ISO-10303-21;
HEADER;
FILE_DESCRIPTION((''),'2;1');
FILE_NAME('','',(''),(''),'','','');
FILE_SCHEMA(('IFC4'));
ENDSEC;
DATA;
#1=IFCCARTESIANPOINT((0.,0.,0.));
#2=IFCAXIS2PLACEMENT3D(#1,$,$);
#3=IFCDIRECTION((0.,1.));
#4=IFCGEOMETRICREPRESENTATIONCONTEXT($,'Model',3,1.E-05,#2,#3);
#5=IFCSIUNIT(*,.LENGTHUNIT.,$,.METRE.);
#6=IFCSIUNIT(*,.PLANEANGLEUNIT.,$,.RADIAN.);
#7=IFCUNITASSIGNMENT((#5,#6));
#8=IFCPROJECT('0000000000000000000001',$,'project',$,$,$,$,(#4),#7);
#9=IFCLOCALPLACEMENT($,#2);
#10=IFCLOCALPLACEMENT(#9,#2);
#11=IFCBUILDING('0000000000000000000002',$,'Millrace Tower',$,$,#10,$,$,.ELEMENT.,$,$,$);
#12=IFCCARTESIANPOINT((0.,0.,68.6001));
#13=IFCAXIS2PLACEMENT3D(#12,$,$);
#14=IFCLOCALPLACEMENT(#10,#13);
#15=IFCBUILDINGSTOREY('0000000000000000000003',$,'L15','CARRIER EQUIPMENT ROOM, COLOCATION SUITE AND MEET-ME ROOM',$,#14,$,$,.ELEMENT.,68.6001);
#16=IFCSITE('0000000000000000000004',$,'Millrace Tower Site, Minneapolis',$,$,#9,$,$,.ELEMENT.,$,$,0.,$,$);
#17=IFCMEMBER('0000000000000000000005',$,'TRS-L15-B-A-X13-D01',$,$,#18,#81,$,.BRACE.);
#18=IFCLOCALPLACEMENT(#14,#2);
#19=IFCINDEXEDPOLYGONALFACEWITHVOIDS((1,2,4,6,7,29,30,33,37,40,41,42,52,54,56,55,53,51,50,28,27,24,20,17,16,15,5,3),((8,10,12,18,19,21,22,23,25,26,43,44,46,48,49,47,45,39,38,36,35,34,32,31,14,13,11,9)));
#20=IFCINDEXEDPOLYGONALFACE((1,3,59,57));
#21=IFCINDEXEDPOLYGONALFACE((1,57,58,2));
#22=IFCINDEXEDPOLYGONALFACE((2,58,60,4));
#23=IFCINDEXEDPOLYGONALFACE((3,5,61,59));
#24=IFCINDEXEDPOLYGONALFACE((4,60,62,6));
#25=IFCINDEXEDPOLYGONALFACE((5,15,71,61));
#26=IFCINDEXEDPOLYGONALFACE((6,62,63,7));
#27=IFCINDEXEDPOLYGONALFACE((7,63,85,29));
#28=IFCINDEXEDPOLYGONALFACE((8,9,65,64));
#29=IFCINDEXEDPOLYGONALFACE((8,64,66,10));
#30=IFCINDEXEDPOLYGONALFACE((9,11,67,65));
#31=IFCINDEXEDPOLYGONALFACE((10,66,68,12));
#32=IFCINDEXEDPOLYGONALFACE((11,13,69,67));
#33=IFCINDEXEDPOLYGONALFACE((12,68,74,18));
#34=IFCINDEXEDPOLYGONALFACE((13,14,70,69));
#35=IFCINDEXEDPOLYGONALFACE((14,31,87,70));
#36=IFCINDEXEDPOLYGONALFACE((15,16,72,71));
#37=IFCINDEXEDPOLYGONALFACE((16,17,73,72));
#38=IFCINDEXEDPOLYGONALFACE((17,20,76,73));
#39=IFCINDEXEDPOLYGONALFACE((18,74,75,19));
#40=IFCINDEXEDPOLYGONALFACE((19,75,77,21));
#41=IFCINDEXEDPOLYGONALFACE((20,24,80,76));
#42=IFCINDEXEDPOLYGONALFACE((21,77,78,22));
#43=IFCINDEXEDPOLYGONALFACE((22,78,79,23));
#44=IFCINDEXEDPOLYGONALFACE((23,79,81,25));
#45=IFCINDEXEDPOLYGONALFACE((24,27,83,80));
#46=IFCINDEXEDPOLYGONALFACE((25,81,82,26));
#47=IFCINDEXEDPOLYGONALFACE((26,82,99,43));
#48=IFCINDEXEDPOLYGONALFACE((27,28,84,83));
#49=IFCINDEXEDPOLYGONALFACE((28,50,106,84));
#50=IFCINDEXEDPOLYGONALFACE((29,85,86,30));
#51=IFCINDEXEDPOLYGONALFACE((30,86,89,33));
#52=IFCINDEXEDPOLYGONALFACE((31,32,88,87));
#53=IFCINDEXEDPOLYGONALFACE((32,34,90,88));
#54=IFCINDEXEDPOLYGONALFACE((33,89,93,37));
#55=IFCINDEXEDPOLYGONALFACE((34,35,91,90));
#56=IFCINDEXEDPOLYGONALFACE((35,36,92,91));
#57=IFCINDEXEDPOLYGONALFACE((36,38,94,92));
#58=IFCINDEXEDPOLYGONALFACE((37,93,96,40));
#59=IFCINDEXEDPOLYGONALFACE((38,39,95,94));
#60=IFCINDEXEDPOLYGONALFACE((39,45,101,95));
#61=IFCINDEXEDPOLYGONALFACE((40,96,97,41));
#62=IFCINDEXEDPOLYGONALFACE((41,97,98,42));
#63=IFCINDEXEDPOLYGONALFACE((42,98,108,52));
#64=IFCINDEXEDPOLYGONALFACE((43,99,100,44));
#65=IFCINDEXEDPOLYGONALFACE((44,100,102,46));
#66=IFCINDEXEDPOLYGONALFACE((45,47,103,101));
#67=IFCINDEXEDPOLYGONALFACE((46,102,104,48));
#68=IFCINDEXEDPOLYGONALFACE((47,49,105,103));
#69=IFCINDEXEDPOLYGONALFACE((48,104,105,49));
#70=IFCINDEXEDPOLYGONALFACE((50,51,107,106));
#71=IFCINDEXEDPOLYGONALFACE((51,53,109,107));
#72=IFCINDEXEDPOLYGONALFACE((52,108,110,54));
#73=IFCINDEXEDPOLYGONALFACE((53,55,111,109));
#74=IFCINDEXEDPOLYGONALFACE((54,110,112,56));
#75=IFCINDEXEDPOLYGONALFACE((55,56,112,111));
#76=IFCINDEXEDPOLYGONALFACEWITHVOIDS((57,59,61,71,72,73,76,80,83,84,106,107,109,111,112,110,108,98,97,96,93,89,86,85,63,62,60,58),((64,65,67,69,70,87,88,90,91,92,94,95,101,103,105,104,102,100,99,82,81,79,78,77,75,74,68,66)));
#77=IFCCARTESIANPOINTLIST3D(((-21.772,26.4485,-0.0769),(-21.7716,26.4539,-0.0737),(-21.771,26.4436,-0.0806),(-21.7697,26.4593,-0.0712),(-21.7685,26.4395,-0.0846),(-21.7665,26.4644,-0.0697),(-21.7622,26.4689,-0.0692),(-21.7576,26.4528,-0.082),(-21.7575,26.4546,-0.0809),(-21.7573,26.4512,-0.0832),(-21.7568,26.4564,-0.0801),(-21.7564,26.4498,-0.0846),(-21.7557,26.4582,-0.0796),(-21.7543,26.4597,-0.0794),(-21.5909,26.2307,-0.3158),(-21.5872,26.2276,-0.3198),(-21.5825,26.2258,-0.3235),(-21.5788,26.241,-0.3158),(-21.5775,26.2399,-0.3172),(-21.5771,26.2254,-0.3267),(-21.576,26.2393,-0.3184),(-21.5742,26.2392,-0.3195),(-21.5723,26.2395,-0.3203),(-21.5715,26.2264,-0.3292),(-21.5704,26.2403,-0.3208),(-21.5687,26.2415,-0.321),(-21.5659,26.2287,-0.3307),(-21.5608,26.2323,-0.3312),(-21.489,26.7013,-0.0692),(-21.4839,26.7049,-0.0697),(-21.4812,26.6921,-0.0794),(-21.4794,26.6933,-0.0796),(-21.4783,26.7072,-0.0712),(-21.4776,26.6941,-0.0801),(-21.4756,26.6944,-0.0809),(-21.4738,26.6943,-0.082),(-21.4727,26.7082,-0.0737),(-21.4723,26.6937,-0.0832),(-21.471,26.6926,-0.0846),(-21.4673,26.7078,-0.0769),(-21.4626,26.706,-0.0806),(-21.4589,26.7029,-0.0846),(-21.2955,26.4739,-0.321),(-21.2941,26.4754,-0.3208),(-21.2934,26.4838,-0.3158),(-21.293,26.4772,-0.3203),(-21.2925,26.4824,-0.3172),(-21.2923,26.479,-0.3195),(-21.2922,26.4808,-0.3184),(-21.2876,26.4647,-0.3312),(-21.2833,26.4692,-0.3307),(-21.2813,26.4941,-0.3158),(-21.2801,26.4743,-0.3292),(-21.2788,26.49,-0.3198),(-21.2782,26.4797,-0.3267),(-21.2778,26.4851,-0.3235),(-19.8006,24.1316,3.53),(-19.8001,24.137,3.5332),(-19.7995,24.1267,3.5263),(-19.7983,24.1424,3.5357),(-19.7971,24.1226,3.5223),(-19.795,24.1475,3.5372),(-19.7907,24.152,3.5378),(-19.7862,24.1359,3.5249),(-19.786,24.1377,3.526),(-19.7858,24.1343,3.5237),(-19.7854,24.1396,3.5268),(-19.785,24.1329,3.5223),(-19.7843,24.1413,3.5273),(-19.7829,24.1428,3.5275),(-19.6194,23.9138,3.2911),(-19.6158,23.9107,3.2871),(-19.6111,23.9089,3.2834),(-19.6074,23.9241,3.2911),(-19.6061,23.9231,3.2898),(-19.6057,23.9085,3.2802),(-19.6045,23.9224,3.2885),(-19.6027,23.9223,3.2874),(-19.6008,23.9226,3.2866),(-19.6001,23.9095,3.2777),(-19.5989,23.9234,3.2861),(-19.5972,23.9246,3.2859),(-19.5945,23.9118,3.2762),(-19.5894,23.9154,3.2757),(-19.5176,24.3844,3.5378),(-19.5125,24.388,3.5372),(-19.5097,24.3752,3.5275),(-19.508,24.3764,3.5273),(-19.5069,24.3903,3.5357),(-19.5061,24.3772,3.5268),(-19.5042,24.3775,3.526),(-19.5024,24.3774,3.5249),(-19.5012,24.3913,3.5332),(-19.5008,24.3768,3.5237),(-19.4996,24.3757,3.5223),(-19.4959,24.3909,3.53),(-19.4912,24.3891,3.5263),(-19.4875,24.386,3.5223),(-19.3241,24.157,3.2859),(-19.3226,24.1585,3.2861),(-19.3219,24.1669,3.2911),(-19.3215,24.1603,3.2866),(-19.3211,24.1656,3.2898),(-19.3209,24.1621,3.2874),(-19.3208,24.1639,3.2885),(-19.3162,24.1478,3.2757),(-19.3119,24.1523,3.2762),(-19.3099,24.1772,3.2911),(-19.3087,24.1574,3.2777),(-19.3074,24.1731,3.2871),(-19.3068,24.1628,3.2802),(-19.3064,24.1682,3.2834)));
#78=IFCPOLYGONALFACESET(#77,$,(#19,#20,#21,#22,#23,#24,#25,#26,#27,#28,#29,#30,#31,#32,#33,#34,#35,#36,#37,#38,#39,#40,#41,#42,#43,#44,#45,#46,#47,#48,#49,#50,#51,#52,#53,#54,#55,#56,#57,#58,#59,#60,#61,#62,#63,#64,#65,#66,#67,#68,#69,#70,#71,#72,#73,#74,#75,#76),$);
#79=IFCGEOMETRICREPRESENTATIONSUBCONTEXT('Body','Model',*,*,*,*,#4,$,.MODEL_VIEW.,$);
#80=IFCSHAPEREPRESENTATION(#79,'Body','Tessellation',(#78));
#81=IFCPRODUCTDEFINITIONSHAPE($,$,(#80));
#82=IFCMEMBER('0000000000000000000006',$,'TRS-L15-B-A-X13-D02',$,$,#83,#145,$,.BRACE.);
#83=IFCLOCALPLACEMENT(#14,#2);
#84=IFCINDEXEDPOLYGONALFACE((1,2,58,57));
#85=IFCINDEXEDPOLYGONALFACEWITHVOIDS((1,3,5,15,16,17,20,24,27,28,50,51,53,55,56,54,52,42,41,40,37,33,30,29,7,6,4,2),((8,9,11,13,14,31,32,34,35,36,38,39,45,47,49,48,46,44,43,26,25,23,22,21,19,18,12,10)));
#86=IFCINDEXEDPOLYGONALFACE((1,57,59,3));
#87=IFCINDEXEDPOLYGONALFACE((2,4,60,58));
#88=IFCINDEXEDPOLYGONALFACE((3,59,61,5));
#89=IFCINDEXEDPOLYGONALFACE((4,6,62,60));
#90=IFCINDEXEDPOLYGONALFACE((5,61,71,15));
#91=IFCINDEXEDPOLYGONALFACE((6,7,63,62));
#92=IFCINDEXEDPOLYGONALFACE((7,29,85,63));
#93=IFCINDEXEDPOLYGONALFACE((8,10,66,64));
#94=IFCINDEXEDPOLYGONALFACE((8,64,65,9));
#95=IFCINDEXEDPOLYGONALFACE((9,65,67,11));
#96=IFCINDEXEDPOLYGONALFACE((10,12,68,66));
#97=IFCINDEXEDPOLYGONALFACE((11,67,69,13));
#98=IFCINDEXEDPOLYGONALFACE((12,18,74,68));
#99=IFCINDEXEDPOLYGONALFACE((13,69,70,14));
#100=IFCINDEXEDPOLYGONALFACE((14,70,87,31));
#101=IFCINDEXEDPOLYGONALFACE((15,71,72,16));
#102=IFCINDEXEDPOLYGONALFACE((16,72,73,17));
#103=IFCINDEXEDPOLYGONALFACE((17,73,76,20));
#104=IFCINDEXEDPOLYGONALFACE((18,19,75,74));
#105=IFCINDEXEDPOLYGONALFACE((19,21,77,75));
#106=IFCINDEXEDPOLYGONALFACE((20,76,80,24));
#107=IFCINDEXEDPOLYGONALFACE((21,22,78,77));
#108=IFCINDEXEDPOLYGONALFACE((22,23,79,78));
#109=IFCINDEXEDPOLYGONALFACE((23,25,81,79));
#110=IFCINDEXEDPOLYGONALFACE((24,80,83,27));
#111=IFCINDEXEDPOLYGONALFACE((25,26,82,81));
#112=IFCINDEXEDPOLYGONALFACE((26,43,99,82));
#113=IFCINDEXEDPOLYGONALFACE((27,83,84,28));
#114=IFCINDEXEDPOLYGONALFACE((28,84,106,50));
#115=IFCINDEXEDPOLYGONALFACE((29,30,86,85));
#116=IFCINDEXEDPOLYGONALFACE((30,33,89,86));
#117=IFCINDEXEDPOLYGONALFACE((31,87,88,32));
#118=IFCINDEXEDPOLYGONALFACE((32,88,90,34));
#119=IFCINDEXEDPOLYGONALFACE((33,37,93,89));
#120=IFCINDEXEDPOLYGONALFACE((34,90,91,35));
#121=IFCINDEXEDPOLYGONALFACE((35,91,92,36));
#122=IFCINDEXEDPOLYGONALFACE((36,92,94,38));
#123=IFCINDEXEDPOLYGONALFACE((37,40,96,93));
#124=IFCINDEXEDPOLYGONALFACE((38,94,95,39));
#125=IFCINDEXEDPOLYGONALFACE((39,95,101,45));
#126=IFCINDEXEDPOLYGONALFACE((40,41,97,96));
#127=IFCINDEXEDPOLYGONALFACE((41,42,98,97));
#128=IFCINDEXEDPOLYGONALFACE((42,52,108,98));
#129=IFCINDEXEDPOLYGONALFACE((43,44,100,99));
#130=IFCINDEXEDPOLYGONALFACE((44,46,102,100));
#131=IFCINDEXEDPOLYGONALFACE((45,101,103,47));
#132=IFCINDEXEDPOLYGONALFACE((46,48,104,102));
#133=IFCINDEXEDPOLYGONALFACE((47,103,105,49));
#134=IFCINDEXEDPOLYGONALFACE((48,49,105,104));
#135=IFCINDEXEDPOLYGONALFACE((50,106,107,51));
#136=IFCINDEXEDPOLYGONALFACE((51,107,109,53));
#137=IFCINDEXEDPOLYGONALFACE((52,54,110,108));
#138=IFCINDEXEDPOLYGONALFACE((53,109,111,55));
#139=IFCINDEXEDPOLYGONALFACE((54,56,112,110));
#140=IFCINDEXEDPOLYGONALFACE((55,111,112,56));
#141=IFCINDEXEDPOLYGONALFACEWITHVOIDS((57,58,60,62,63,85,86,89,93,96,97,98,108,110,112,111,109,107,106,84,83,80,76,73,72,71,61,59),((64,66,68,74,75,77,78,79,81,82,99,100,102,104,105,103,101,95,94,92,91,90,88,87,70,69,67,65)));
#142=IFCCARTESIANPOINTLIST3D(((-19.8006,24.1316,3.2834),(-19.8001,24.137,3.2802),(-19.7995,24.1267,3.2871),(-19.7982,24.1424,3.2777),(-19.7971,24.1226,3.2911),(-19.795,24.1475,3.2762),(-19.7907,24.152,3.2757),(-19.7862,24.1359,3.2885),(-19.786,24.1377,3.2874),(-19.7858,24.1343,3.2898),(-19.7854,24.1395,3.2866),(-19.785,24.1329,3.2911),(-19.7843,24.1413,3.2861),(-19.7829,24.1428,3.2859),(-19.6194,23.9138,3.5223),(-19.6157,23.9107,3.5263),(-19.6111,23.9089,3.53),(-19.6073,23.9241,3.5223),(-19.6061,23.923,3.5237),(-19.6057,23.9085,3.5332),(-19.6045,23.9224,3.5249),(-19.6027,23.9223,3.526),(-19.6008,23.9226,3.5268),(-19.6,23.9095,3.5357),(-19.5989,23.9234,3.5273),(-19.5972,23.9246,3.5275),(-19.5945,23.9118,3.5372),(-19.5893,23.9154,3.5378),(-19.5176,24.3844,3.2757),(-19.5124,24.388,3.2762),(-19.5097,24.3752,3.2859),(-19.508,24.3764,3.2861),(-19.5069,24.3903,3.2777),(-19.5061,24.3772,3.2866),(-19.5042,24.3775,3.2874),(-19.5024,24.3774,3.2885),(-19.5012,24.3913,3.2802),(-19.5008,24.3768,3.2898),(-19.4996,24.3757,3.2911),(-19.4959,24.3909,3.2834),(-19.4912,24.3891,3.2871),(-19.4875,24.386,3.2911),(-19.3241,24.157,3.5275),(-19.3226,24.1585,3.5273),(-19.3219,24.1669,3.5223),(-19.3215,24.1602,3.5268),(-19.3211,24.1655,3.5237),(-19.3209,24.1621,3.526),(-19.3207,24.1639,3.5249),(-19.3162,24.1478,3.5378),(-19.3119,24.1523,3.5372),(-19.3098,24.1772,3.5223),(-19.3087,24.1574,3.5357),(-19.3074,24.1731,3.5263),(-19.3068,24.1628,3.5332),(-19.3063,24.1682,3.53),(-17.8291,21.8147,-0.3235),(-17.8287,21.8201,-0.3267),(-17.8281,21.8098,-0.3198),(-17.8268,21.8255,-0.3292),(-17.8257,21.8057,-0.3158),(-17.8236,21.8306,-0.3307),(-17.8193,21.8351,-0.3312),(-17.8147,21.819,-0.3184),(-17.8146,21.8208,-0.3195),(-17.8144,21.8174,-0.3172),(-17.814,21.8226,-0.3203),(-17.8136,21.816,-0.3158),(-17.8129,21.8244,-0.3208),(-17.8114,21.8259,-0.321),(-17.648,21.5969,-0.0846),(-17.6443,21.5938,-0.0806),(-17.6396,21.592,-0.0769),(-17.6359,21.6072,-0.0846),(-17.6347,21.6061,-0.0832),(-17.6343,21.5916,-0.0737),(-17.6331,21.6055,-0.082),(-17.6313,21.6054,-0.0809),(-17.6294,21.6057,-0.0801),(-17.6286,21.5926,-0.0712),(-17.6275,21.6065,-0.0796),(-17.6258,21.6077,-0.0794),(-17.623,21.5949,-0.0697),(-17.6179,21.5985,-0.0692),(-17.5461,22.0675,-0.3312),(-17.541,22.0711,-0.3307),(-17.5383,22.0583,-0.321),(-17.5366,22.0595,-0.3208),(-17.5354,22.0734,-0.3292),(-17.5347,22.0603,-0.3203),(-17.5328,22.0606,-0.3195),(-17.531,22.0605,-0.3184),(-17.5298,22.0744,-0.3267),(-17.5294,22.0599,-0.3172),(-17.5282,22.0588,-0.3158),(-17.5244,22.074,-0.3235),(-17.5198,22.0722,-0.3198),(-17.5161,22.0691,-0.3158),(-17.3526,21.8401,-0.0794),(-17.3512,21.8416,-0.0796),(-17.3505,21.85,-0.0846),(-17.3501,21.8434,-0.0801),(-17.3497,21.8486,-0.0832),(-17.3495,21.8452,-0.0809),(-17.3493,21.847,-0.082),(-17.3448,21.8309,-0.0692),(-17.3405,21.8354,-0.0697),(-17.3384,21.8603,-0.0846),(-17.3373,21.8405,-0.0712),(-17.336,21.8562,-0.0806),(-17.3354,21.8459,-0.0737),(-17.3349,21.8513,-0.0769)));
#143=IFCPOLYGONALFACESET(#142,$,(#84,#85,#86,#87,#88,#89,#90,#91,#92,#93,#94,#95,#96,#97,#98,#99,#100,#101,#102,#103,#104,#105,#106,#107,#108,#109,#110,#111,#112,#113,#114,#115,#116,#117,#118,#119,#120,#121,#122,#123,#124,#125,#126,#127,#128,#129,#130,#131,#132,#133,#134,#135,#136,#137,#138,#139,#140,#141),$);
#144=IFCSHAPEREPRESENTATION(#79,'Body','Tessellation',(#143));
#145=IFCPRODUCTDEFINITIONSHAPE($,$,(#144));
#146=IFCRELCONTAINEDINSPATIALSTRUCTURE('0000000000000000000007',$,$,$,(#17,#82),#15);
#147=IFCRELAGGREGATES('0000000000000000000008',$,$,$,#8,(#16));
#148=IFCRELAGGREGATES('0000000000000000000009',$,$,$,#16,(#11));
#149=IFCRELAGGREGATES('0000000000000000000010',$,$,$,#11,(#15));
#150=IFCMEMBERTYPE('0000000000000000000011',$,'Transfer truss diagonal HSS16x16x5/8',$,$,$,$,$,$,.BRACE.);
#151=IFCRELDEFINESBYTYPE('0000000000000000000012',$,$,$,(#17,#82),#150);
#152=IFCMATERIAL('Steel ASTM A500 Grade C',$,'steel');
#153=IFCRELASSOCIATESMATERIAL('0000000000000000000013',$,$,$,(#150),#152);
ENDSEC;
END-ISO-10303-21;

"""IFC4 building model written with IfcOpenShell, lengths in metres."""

from ifc_helpers import new_model, si_unit, direction, frame, origin, origin_2d, place, context, subcontext, project, spatial, hollow_rectangle, extrude, material, material_profile, profile_set, type_object, element, save


model = new_model("IFC4")

# Units and contexts
model_context = context("Model", 3, precision=1e-05, world=origin(), true_north=direction((0.0, 1.0)))
body_context = subcontext(model_context, "Body", "Model", "MODEL_VIEW")
ifc_project = project(units=[si_unit("LENGTHUNIT", "METRE"), si_unit("PLANEANGLEUNIT", "RADIAN")], contexts=[model_context])

# Site, building, storey
site_placement = place(None, origin())
site = spatial("IfcSite", under=ifc_project, at=site_placement, Name="Millrace Tower Site, Minneapolis", CompositionType="ELEMENT", RefElevation=0.0)
building_placement = place(site_placement, origin())
building = spatial("IfcBuilding", under=site, at=building_placement, Name="Millrace Tower", CompositionType="ELEMENT")
storey_placement = place(building_placement, frame((0.0, 0.0, 68.6001)))
storey = spatial("IfcBuildingStorey", under=building, at=storey_placement, Name="L15", Description="CARRIER EQUIPMENT ROOM, COLOCATION SUITE AND MEET-ME ROOM", CompositionType="ELEMENT", Elevation=68.6001)

# Members
ifc_material_1 = material(Name="Steel ASTM A500 Grade C", Category="steel")
ifc_material_profile_1 = material_profile(ifc_material_1, hollow_rectangle(XDim=0.4065, YDim=0.4065, WallThickness=0.0159, InnerFilletRadius=0.0081, OuterFilletRadius=0.0239, at=origin_2d()))
ifc_profile_set_1 = profile_set([ifc_material_profile_1], Name="Steel ASTM A500 Grade C")
member_type_1 = type_object("IfcMemberType", Name="Transfer truss diagonal HSS16x16x5/8", PredefinedType="BRACE", material=ifc_profile_set_1)
for number, where, z_axis, x_axis, name in (
    (1, (-21.5249, 26.4668, -0.2002), (0.417807, -0.49102, 0.764419), (0.761603, 0.648044, 0.0), "TRS-L15-B-A-X13-D01"),
    (2, (-17.582, 21.833, -0.2002), (-0.417807, 0.49102, 0.764419), (-0.761603, -0.648044, 0.0), "TRS-L15-B-A-X13-D02"),
):
    element("IfcMember", number, at=place(storey_placement, frame(where, z_axis=z_axis, x_axis=x_axis)), inside=storey, type_object=member_type_1, Name=name, PredefinedType="BRACE", context=body_context, shape_type="SweptSolid", body=[
        extrude(hollow_rectangle(XDim=0.4065, YDim=0.4065, WallThickness=0.0159, InnerFilletRadius=0.0081, OuterFilletRadius=0.0239, at=origin_2d()), origin(), (0.0, 0.0, 1.0), 4.7185),
    ])

save(model, "model.ifc")
